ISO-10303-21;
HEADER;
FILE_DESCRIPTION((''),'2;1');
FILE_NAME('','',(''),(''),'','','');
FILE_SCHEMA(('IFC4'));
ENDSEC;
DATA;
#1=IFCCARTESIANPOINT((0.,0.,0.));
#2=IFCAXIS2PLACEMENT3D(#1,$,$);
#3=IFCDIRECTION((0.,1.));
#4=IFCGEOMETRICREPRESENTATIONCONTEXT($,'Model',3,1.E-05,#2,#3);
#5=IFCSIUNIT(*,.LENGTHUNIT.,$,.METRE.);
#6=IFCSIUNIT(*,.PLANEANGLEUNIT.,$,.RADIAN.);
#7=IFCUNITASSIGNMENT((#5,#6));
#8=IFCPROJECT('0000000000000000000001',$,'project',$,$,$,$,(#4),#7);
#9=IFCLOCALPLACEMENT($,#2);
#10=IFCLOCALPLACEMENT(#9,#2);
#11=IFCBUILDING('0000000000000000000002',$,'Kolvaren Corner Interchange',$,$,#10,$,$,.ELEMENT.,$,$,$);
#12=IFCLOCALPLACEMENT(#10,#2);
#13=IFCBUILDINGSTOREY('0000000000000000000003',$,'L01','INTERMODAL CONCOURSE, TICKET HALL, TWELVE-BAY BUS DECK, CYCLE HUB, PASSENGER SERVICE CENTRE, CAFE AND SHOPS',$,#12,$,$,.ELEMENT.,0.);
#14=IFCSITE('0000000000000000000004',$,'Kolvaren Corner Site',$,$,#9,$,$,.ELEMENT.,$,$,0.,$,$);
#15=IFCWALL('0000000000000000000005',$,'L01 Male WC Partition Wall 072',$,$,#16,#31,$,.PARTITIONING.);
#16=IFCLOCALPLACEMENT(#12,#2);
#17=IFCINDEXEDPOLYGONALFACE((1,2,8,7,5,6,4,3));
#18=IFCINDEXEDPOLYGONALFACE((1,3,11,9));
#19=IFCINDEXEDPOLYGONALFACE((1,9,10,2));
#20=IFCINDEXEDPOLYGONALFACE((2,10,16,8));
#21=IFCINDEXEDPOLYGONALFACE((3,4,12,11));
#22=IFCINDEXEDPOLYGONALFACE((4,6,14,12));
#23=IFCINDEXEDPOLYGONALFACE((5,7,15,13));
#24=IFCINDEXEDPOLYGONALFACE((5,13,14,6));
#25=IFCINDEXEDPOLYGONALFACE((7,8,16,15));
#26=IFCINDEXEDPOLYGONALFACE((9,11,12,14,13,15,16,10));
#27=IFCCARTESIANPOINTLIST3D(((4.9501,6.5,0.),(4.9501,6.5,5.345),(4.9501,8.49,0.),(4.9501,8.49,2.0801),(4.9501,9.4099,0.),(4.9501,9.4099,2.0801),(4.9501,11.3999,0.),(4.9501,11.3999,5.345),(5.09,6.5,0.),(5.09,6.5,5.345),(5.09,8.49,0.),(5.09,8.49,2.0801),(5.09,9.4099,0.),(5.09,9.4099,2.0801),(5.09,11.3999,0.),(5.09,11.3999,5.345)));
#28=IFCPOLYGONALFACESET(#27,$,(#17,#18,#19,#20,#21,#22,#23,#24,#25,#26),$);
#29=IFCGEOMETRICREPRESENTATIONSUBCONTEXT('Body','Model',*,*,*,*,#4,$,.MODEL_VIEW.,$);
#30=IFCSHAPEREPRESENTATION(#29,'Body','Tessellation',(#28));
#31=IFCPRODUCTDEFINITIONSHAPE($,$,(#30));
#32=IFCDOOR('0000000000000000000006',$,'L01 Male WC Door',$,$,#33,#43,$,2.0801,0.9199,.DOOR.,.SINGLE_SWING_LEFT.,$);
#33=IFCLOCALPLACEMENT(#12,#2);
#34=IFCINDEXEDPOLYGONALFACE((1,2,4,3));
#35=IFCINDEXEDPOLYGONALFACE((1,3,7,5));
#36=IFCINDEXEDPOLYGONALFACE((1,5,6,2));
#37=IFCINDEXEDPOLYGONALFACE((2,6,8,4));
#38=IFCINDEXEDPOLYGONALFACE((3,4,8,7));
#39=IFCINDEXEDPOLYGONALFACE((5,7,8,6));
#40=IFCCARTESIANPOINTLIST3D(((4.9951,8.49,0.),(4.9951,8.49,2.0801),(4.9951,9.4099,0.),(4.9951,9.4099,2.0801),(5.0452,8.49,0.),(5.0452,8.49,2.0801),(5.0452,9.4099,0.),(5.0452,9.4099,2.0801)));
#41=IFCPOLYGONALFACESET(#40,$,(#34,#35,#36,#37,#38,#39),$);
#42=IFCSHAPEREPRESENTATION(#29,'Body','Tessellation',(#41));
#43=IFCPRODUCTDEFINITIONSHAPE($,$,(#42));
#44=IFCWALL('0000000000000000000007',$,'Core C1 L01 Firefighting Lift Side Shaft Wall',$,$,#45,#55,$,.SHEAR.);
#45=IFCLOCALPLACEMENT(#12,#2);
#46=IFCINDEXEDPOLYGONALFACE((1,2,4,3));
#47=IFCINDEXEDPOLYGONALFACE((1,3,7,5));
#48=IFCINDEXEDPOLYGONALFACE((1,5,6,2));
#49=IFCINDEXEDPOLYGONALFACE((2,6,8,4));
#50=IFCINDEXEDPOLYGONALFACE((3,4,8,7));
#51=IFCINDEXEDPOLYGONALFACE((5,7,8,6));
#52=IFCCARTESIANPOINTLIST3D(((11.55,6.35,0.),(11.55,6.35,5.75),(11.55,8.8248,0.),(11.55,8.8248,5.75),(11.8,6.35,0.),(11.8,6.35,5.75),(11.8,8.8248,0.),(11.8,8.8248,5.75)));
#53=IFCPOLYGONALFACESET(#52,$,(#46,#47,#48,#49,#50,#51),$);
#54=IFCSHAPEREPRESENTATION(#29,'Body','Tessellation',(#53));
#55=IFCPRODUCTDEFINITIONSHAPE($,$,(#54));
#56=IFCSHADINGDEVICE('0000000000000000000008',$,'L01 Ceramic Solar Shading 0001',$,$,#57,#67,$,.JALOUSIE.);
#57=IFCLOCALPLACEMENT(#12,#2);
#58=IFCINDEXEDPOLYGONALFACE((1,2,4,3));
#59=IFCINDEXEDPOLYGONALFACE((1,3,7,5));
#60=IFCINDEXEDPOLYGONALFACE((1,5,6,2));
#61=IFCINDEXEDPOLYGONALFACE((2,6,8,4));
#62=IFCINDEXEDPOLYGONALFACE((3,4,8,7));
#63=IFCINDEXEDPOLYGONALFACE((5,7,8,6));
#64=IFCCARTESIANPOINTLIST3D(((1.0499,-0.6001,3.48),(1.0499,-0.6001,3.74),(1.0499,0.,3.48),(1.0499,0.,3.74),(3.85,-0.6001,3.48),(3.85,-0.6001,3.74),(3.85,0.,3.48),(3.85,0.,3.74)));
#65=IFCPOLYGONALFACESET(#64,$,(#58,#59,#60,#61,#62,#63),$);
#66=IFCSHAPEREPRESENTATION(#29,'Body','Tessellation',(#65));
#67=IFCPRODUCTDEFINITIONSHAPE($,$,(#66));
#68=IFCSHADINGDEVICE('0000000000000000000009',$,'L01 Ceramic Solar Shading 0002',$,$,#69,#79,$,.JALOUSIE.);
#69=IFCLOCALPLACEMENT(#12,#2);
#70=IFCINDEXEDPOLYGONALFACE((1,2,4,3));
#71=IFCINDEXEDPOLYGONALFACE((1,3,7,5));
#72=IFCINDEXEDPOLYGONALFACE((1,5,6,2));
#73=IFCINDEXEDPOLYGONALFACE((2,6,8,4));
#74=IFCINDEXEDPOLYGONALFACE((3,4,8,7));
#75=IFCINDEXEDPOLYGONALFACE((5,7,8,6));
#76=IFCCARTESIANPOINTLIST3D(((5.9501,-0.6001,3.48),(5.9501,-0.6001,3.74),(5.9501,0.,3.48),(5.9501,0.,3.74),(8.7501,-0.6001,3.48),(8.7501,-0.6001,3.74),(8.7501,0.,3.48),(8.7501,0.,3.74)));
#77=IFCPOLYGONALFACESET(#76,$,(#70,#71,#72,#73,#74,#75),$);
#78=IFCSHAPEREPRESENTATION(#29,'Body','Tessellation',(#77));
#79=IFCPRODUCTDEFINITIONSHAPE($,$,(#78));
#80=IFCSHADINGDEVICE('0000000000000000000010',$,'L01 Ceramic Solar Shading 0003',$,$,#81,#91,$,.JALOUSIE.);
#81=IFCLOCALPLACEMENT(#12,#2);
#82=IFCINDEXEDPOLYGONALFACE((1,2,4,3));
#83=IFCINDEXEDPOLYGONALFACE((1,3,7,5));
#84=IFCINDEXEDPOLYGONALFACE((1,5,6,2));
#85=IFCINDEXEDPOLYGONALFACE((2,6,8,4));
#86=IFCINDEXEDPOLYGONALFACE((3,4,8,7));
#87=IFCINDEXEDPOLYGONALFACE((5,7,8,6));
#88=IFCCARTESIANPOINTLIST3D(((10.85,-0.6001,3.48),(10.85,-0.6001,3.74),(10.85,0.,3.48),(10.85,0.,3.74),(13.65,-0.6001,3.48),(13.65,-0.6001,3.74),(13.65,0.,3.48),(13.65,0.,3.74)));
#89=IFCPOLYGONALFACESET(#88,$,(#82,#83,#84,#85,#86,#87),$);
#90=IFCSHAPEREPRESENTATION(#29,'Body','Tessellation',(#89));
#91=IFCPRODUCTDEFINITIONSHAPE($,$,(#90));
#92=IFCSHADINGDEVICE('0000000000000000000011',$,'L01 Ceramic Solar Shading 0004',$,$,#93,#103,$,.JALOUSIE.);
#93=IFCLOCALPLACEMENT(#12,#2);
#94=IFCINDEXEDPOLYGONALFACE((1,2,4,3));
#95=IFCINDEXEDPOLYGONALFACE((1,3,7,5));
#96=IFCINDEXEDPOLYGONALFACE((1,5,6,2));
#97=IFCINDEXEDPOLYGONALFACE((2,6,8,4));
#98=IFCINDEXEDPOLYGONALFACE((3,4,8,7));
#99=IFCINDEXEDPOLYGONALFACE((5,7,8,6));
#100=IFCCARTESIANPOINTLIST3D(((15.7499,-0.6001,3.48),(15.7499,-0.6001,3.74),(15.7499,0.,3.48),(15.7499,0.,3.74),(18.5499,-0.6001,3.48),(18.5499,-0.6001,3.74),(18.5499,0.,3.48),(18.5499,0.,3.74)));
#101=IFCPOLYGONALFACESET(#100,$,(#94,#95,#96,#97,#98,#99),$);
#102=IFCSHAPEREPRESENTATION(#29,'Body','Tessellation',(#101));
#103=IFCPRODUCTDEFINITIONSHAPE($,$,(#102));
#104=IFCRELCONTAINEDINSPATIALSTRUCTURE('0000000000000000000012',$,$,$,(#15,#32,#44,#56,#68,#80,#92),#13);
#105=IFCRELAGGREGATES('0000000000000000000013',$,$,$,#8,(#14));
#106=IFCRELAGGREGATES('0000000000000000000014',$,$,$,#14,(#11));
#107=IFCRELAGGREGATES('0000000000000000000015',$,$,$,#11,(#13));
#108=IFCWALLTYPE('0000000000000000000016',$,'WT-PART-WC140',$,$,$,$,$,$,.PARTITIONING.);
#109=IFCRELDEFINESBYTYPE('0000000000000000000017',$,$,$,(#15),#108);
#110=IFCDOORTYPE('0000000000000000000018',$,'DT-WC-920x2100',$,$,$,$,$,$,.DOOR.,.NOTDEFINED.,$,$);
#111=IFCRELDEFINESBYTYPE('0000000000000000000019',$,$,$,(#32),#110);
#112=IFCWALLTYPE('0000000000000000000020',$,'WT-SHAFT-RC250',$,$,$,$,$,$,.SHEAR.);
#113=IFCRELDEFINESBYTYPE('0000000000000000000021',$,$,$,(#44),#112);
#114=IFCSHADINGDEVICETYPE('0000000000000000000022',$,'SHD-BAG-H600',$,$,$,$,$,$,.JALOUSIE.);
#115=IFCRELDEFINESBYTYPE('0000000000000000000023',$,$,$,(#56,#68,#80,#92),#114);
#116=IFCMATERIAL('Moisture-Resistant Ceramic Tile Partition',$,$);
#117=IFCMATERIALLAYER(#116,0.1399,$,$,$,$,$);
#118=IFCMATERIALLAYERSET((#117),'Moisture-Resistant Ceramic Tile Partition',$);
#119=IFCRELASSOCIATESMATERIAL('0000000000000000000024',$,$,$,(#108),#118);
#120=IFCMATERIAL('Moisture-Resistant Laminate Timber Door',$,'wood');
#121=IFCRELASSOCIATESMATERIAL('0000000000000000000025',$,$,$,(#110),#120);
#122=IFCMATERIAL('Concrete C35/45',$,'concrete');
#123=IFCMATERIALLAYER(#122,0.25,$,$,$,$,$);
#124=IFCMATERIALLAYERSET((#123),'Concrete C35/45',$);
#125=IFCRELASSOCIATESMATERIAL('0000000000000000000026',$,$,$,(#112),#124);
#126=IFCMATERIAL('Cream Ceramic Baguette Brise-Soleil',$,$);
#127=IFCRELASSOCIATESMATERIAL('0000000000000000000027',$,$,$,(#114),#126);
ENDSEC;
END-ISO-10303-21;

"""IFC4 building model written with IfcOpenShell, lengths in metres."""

from ifc_helpers import new_model, si_unit, direction, frame, frame_2d, origin, origin_2d, place, context, subcontext, project, spatial, rectangle, extrude, material, layer, layer_set, type_object, element, fill, save


model = new_model("IFC4")

# Units and contexts
model_context = context("Model", 3, precision=1e-05, world=origin(), true_north=direction((0.0, 1.0)))
body_context = subcontext(model_context, "Body", "Model", "MODEL_VIEW")
ifc_project = project(units=[si_unit("LENGTHUNIT", "METRE"), si_unit("PLANEANGLEUNIT", "RADIAN")], contexts=[model_context])

# Site, building, storey
site_placement = place(None, origin())
site = spatial("IfcSite", under=ifc_project, at=site_placement, Name="Kolvaren Corner Site", CompositionType="ELEMENT", RefElevation=0.0)
building_placement = place(site_placement, origin())
building = spatial("IfcBuilding", under=site, at=building_placement, Name="Kolvaren Corner Interchange", CompositionType="ELEMENT")
storey_placement = place(building_placement, origin())
storey = spatial("IfcBuildingStorey", under=building, at=storey_placement, Name="L01", Description="INTERMODAL CONCOURSE, TICKET HALL, TWELVE-BAY BUS DECK, CYCLE HUB, PASSENGER SERVICE CENTRE, CAFE AND SHOPS", CompositionType="ELEMENT", Elevation=0.0)

# Wall, opening, door
ifc_material_1 = material(Name="Moisture-Resistant Ceramic Tile Partition")
ifc_layer_1 = layer(ifc_material_1, 0.1399)
ifc_layer_set_1 = layer_set([ifc_layer_1], Name="Moisture-Resistant Ceramic Tile Partition")
wall_type_1 = type_object("IfcWallType", Name="WT-PART-WC140", PredefinedType="PARTITIONING", material=ifc_layer_set_1)
wall_1_placement = place(storey_placement, frame((5.02, 6.5, 0.0), z_axis=(0.0, 0.0, 1.0), x_axis=(0.0, 1.0, 0.0)))
wall_1 = element("IfcWall", 1, at=wall_1_placement, inside=storey, type_object=wall_type_1, Name="L01 Male WC Partition Wall 072", PredefinedType="PARTITIONING", context=body_context, shape_type="SweptSolid", body=[
    extrude(rectangle(XDim=4.8999, YDim=0.1399, at=frame_2d((2.45, 0.0))), origin(), (0.0, 0.0, 1.0), 5.345),
])
opening_1_placement = place(wall_1_placement, frame((1.99, 0.0, 0.0)))
opening_1 = element("IfcOpeningElement", 2, at=opening_1_placement, cuts=wall_1, PredefinedType="OPENING", context=body_context, shape_type="SweptSolid", body=[
    extrude(rectangle(XDim=0.9199, YDim=2.0801, at=frame_2d((0.46, 1.04))), frame((0.0, 0.0798, 0.0), z_axis=(0.0, -1.0, 0.0), x_axis=(1.0, 0.0, 0.0)), (0.0, 0.0, 1.0), 0.1599),
])
ifc_material_2 = material(Name="Moisture-Resistant Laminate Timber Door", Category="wood")
door_type_1 = type_object("IfcDoorType", Name="DT-WC-920x2100", OperationType="NOTDEFINED", PredefinedType="DOOR", material=ifc_material_2)
door_1_placement = place(opening_1_placement, origin())
door_1 = element("IfcDoor", 3, at=door_1_placement, inside=storey, type_object=door_type_1, Name="L01 Male WC Door", OperationType="SINGLE_SWING_LEFT", OverallHeight=2.0801, OverallWidth=0.9199, PredefinedType="DOOR", context=body_context, shape_type="SweptSolid", body=[
    extrude(rectangle(XDim=0.9199, YDim=2.0801, at=frame_2d((0.46, 1.04))), frame((0.0, 0.0249, 0.0), z_axis=(0.0, -1.0, 0.0), x_axis=(1.0, 0.0, 0.0)), (0.0, 0.0, 1.0), 0.05),
])
fill(opening_1, door_1)

# Wall
ifc_material_3 = material(Name="Concrete C35/45", Category="concrete")
ifc_layer_2 = layer(ifc_material_3, 0.25)
ifc_layer_set_2 = layer_set([ifc_layer_2], Name="Concrete C35/45")
wall_type_2 = type_object("IfcWallType", Name="WT-SHAFT-RC250", PredefinedType="SHEAR", material=ifc_layer_set_2)
wall_2_placement = place(storey_placement, frame((11.675, 6.3501, 0.0), z_axis=(0.0, 0.0, 1.0), x_axis=(0.0, 1.0, 0.0)))
element("IfcWall", 4, at=wall_2_placement, inside=storey, type_object=wall_type_2, Name="Core C1 L01 Firefighting Lift Side Shaft Wall", PredefinedType="SHEAR", context=body_context, shape_type="SweptSolid", body=[
    extrude(rectangle(XDim=2.4749, YDim=0.25, at=frame_2d((1.2373, 0.0))), origin(), (0.0, 0.0, 1.0), 5.75),
])

# Shading devices
ifc_material_4 = material(Name="Cream Ceramic Baguette Brise-Soleil")
shading_device_type = type_object("IfcShadingDeviceType", Name="SHD-BAG-H600", PredefinedType="JALOUSIE", material=ifc_material_4)
for number, where, z_axis, x_axis, name in (
    (5, (2.45, -0.3, 3.48), (0.0, 0.0, 1.0), (1.0, 0.0, 0.0), "L01 Ceramic Solar Shading 0001"),
    (6, (7.3501, -0.3, 3.48), (0.0, 0.0, 1.0), (1.0, 0.0, 0.0), "L01 Ceramic Solar Shading 0002"),
    (7, (12.25, -0.3, 3.48), (0.0, 0.0, 1.0), (1.0, 0.0, 0.0), "L01 Ceramic Solar Shading 0003"),
    (8, (17.1499, -0.3, 3.48), (0.0, 0.0, 1.0), (1.0, 0.0, 0.0), "L01 Ceramic Solar Shading 0004"),
):
    element("IfcShadingDevice", number, at=place(storey_placement, frame(where, z_axis=z_axis, x_axis=x_axis)), inside=storey, type_object=shading_device_type, Name=name, PredefinedType="JALOUSIE", context=body_context, shape_type="SweptSolid", body=[
        extrude(rectangle(XDim=2.8, YDim=0.6001, at=origin_2d()), origin(), (0.0, 0.0, 1.0), 0.26),
    ])

save(model, "model.ifc")
